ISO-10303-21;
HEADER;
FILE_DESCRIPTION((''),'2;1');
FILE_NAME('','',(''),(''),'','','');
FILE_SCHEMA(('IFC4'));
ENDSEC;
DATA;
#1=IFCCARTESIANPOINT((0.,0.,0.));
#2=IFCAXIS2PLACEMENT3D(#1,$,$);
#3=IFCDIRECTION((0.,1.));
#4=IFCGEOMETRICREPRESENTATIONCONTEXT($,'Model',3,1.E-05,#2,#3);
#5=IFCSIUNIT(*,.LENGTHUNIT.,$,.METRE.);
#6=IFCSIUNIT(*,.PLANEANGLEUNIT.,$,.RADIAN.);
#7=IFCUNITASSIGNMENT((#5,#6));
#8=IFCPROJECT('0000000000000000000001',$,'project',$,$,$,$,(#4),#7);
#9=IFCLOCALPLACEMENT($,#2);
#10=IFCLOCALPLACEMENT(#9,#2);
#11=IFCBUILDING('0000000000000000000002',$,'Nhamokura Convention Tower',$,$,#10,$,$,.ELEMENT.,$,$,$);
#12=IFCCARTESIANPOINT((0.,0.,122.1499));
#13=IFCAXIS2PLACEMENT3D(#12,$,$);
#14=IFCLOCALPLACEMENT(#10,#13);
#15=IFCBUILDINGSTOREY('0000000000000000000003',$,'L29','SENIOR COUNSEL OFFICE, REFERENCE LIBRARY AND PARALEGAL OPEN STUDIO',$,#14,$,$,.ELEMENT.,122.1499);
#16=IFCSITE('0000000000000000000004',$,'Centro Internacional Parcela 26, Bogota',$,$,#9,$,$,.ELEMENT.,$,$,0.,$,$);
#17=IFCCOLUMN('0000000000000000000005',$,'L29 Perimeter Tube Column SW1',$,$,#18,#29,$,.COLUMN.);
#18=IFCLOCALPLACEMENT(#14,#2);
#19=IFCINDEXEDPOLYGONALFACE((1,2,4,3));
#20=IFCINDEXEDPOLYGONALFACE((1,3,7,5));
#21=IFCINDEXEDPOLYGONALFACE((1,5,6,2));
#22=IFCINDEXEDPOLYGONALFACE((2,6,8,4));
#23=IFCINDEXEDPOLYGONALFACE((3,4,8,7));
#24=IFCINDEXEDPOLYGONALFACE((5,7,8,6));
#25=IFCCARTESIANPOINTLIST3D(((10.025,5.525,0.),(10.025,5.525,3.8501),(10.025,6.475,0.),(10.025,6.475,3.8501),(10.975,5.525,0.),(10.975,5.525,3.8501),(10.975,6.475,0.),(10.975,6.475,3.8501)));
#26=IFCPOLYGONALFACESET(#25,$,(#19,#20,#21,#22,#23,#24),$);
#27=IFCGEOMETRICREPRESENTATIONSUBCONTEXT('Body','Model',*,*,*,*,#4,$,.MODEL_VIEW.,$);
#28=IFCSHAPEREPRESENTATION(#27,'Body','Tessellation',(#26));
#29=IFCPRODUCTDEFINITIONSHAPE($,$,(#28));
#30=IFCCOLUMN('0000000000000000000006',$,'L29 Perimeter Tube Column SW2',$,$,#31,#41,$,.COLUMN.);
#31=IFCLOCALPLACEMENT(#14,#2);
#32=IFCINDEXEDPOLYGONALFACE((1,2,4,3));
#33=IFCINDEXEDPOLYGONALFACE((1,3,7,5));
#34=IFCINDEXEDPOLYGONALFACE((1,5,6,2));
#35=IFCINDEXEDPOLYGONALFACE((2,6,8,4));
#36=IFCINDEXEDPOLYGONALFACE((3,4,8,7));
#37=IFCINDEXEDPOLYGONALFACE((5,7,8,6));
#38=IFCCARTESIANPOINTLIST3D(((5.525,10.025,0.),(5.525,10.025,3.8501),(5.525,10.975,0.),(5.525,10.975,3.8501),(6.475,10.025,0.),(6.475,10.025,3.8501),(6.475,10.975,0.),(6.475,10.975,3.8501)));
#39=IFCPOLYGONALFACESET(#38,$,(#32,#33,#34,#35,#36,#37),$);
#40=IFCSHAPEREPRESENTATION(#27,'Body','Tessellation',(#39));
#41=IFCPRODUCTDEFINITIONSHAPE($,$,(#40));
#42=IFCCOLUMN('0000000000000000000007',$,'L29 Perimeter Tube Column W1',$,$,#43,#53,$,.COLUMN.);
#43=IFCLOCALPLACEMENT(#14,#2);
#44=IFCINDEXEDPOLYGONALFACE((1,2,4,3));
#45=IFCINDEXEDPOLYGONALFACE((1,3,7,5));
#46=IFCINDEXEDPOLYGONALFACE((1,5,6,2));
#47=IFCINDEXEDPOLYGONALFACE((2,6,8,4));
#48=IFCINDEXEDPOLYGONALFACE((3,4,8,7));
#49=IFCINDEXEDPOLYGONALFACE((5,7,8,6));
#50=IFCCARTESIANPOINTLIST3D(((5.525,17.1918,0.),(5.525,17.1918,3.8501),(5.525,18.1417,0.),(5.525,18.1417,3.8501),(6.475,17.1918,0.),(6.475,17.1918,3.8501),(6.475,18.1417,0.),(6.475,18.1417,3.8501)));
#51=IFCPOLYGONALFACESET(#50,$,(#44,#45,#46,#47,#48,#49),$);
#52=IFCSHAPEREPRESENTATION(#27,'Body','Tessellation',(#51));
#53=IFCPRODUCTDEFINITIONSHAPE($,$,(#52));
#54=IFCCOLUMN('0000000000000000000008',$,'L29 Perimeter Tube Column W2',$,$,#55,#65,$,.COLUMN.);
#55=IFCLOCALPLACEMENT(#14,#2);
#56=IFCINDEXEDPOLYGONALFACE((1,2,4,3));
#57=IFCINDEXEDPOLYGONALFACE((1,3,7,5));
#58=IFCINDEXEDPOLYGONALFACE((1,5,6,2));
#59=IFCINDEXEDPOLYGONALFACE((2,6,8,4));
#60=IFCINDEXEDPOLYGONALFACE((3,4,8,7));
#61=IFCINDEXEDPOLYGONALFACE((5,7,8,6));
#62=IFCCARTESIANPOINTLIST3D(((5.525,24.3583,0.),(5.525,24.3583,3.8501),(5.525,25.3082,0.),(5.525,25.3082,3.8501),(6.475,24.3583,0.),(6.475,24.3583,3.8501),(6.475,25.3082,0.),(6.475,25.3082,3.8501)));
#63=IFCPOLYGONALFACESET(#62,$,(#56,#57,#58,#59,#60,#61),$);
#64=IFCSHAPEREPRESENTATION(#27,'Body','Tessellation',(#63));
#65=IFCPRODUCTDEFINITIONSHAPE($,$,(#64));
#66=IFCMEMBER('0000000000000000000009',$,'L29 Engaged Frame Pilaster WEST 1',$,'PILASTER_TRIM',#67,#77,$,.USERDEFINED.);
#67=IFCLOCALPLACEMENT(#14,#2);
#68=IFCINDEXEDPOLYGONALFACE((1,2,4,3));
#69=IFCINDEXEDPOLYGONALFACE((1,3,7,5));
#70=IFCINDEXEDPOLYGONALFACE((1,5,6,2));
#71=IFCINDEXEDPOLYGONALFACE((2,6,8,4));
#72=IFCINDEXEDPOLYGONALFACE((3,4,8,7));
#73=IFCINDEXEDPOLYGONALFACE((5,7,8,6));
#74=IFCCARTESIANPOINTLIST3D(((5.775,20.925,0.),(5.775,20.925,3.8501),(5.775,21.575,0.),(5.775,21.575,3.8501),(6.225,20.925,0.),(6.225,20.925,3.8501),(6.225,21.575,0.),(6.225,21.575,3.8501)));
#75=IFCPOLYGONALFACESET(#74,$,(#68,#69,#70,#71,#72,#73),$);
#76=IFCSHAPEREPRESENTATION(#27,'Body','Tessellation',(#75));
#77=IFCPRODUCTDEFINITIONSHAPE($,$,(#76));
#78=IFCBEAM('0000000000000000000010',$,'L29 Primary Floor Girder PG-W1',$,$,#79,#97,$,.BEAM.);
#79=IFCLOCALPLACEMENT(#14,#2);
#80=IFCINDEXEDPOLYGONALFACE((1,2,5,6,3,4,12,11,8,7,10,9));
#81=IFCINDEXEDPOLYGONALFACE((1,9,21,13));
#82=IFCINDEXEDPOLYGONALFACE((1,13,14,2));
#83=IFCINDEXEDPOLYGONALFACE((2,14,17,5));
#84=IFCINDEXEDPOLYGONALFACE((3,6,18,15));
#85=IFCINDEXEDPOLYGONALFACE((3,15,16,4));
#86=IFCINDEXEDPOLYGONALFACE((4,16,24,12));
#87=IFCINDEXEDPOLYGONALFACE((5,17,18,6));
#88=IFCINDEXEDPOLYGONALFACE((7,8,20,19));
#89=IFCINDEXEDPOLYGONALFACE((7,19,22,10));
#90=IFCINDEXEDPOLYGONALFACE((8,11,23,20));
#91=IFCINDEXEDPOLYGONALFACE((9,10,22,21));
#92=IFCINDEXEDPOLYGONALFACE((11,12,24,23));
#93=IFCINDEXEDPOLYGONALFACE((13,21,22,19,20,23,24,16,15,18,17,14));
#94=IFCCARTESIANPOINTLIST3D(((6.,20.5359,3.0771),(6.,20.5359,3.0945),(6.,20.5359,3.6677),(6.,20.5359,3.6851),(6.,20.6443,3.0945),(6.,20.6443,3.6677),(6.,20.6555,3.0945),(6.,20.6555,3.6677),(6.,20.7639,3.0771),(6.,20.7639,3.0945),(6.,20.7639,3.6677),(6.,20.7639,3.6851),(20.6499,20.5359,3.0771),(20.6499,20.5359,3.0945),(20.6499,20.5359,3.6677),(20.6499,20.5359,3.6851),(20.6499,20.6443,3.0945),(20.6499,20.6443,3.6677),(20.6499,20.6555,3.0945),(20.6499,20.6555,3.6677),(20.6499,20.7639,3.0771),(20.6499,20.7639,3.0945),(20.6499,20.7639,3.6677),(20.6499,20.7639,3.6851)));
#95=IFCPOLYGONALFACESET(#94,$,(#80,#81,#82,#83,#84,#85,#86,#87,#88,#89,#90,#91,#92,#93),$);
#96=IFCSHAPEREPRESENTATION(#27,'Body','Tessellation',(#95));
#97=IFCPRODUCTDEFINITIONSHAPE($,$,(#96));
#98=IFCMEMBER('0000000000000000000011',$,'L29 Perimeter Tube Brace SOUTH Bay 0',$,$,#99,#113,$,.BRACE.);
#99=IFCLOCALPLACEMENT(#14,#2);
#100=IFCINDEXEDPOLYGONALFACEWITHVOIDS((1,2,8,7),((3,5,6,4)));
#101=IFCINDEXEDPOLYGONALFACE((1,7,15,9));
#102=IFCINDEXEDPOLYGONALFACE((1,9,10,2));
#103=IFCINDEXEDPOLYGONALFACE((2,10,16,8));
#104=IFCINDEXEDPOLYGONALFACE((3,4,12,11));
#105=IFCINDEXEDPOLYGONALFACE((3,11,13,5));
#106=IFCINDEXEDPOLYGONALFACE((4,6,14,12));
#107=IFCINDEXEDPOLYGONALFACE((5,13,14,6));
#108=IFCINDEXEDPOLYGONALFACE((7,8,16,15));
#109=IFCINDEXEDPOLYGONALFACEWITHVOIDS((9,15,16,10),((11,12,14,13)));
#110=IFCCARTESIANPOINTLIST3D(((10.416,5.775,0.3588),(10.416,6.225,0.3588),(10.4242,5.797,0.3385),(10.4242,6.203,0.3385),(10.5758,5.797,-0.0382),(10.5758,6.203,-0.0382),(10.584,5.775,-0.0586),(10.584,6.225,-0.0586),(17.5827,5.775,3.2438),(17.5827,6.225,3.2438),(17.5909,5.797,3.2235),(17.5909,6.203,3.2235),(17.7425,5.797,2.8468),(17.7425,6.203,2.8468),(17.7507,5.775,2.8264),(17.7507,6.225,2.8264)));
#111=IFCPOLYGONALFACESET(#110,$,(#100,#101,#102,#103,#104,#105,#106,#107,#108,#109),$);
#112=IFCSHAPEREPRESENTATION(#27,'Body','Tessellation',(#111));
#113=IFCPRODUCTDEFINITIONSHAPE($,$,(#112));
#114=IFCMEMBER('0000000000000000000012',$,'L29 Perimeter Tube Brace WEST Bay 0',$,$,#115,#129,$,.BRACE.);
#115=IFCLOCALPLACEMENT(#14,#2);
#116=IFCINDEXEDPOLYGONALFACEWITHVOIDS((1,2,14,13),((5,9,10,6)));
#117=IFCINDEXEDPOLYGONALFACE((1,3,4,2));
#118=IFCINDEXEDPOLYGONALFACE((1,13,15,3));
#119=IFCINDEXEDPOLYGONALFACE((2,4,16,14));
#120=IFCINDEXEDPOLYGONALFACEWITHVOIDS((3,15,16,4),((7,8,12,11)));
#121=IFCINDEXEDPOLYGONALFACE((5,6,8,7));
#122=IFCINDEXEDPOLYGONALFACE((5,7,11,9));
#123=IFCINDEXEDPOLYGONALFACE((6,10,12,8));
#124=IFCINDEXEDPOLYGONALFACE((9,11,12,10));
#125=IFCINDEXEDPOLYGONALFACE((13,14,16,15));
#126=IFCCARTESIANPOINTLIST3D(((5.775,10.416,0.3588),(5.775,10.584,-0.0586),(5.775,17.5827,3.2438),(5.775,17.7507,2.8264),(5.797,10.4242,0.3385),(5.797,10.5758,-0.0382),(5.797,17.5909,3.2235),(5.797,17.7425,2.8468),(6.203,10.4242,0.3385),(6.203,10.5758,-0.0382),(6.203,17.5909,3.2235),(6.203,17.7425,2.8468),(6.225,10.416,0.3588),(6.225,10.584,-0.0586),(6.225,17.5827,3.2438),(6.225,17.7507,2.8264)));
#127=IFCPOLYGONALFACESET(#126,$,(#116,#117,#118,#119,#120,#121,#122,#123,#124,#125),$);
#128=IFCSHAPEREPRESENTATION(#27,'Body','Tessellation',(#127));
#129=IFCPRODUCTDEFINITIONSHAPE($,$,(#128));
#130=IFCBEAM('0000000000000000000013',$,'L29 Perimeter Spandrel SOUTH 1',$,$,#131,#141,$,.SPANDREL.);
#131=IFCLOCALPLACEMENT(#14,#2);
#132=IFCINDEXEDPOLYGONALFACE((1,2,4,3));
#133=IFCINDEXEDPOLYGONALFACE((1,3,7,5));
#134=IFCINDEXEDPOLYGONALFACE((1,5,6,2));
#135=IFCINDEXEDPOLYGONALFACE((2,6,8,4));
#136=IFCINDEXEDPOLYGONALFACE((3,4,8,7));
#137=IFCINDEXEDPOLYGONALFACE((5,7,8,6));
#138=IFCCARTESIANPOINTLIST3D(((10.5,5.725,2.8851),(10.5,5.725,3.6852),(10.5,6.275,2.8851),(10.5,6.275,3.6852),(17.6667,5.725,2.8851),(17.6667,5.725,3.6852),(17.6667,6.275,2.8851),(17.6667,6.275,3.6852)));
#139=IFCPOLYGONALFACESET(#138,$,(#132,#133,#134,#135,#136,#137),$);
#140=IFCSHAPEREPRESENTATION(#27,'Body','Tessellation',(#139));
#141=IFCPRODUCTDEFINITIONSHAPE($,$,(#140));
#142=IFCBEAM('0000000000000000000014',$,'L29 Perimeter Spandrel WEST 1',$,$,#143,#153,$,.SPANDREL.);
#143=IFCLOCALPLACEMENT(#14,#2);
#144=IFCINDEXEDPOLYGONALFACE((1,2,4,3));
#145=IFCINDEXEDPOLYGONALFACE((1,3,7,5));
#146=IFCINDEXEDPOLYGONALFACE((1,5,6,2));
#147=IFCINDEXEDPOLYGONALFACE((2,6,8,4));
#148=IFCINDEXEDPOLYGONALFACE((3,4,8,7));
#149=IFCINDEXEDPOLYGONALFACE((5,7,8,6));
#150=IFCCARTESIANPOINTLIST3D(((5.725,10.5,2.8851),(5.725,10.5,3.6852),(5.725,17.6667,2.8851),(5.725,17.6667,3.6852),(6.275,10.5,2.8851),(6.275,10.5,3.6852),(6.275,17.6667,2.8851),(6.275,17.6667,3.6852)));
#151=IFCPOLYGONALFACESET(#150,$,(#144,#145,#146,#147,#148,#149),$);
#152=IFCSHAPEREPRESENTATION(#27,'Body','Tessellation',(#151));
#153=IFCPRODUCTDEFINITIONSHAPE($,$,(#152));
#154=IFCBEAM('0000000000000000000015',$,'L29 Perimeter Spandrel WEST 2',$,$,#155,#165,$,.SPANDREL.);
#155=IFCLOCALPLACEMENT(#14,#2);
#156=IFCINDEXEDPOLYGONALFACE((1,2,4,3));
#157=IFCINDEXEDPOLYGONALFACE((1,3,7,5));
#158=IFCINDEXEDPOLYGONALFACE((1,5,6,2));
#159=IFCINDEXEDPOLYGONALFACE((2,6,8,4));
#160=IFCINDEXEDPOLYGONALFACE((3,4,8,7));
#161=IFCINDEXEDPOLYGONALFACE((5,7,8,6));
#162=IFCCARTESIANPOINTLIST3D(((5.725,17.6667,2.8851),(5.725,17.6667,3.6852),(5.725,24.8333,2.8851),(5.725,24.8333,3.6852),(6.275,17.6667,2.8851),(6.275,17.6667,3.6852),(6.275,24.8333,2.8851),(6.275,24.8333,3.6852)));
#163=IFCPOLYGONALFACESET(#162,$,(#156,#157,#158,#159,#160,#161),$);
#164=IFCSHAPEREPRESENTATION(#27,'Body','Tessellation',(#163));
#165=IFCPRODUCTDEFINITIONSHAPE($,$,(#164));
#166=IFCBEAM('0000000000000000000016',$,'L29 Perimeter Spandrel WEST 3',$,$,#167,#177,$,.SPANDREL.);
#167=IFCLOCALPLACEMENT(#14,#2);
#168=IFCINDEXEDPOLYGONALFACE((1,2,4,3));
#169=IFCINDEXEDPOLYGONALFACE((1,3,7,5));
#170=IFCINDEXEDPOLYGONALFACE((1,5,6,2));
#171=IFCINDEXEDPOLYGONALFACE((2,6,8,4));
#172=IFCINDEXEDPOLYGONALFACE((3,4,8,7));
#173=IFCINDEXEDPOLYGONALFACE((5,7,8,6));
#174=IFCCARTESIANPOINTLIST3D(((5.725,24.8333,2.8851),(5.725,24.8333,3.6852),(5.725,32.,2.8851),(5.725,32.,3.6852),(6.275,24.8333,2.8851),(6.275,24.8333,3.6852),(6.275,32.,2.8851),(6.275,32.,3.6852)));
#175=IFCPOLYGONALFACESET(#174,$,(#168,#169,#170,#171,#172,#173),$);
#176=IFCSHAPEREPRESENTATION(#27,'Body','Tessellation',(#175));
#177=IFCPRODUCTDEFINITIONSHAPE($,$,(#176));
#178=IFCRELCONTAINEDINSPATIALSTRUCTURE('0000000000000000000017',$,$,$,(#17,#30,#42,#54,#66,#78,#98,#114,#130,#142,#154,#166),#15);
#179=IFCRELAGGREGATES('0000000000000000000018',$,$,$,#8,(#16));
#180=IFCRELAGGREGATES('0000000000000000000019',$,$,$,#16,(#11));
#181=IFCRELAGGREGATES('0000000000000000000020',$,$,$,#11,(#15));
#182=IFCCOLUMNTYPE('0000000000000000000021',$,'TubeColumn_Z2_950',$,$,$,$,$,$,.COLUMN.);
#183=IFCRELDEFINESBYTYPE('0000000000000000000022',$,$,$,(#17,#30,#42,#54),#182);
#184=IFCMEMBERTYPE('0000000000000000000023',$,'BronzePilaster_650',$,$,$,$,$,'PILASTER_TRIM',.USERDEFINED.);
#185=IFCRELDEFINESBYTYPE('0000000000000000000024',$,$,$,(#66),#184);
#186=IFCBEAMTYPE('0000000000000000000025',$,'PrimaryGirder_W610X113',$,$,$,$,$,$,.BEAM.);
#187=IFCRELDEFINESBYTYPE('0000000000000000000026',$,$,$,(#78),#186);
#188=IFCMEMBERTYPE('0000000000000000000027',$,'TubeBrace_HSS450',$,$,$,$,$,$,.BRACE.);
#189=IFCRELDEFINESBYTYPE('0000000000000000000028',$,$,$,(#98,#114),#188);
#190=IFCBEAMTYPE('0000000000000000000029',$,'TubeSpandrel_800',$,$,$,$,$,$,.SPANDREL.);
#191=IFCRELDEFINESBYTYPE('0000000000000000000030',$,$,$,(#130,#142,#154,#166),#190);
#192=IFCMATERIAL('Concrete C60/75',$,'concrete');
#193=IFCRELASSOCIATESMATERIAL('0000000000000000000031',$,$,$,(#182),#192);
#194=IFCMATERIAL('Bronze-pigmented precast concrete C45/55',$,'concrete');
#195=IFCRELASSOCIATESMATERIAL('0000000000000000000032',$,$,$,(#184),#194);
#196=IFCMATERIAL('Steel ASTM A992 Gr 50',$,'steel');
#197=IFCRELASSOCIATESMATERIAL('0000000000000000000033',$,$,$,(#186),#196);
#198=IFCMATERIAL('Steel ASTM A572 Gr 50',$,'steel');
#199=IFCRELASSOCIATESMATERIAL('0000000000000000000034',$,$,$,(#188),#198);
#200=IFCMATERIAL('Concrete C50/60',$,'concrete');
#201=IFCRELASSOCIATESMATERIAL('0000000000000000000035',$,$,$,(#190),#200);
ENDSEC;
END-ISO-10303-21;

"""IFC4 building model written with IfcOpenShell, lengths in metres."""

from ifc_helpers import new_model, si_unit, direction, frame, origin, origin_2d, place, context, subcontext, project, spatial, rectangle, hollow_rectangle, i_section, extrude, material, material_profile, profile_set, type_object, element, save


model = new_model("IFC4")

# Units and contexts
model_context = context("Model", 3, precision=1e-05, world=origin(), true_north=direction((0.0, 1.0)))
body_context = subcontext(model_context, "Body", "Model", "MODEL_VIEW")
ifc_project = project(units=[si_unit("LENGTHUNIT", "METRE"), si_unit("PLANEANGLEUNIT", "RADIAN")], contexts=[model_context])

# Site, building, storey
site_placement = place(None, origin())
site = spatial("IfcSite", under=ifc_project, at=site_placement, Name="Centro Internacional Parcela 26, Bogota", CompositionType="ELEMENT", RefElevation=0.0)
building_placement = place(site_placement, origin())
building = spatial("IfcBuilding", under=site, at=building_placement, Name="Nhamokura Convention Tower", CompositionType="ELEMENT")
storey_placement = place(building_placement, frame((0.0, 0.0, 122.1499)))
storey = spatial("IfcBuildingStorey", under=building, at=storey_placement, Name="L29", Description="SENIOR COUNSEL OFFICE, REFERENCE LIBRARY AND PARALEGAL OPEN STUDIO", CompositionType="ELEMENT", Elevation=122.1499)

# Columns
ifc_material_1 = material(Name="Concrete C60/75", Category="concrete")
ifc_material_profile_1 = material_profile(ifc_material_1, rectangle(XDim=0.95, YDim=0.95, at=origin_2d()))
ifc_profile_set_1 = profile_set([ifc_material_profile_1], Name="Concrete C60/75")
column_type = type_object("IfcColumnType", Name="TubeColumn_Z2_950", PredefinedType="COLUMN", material=ifc_profile_set_1)
for number, where, z_axis, x_axis, name in (
    (1, (10.5, 6.0, 0.0), (0.0, 0.0, 1.0), (1.0, 0.0, 0.0), "L29 Perimeter Tube Column SW1"),
    (2, (6.0, 10.5, 0.0), (0.0, 0.0, 1.0), (1.0, 0.0, 0.0), "L29 Perimeter Tube Column SW2"),
    (3, (6.0, 17.6667, 0.0), (0.0, 0.0, 1.0), (1.0, 0.0, 0.0), "L29 Perimeter Tube Column W1"),
    (4, (6.0, 24.8333, 0.0), (0.0, 0.0, 1.0), (1.0, 0.0, 0.0), "L29 Perimeter Tube Column W2"),
):
    element("IfcColumn", number, at=place(storey_placement, frame(where, z_axis=z_axis, x_axis=x_axis)), inside=storey, type_object=column_type, Name=name, PredefinedType="COLUMN", context=body_context, shape_type="SweptSolid", body=[
        extrude(rectangle(XDim=0.95, YDim=0.95, at=origin_2d()), origin(), (0.0, 0.0, 1.0), 3.8501),
    ])

# Member
ifc_material_2 = material(Name="Bronze-pigmented precast concrete C45/55", Category="concrete")
ifc_material_profile_2 = material_profile(ifc_material_2, rectangle(XDim=0.45, YDim=0.6499, at=origin_2d()))
ifc_profile_set_2 = profile_set([ifc_material_profile_2], Name="Bronze-pigmented precast concrete C45/55")
member_type_1 = type_object("IfcMemberType", Name="BronzePilaster_650", ElementType="PILASTER_TRIM", PredefinedType="USERDEFINED", material=ifc_profile_set_2)
member_placement = place(storey_placement, frame((6.0, 21.25, 0.0), z_axis=(0.0, 0.0, 1.0), x_axis=(1.0, 0.0, 0.0)))
element("IfcMember", 5, at=member_placement, inside=storey, type_object=member_type_1, Name="L29 Engaged Frame Pilaster WEST 1", ObjectType="PILASTER_TRIM", PredefinedType="USERDEFINED", context=body_context, shape_type="SweptSolid", body=[
    extrude(rectangle(XDim=0.45, YDim=0.6499, at=origin_2d()), origin(), (0.0, 0.0, 1.0), 3.8501),
])

# Beam
ifc_material_3 = material(Name="Steel ASTM A992 Gr 50", Category="steel")
ifc_material_profile_3 = material_profile(ifc_material_3, i_section(OverallWidth=0.228, OverallDepth=0.6079, WebThickness=0.0112, FlangeThickness=0.0173, at=origin_2d()))
ifc_profile_set_3 = profile_set([ifc_material_profile_3], Name="Steel ASTM A992 Gr 50")
beam_type_1 = type_object("IfcBeamType", Name="PrimaryGirder_W610X113", PredefinedType="BEAM", material=ifc_profile_set_3)
beam_1_placement = place(storey_placement, frame((6.0, 20.6499, 3.3811), z_axis=(1.0, 0.0, 0.0), x_axis=(0.0, 1.0, 0.0)))
element("IfcBeam", 6, at=beam_1_placement, inside=storey, type_object=beam_type_1, Name="L29 Primary Floor Girder PG-W1", PredefinedType="BEAM", context=body_context, shape_type="SweptSolid", body=[
    extrude(i_section(OverallWidth=0.228, OverallDepth=0.6079, WebThickness=0.0112, FlangeThickness=0.0173, at=origin_2d()), origin(), (0.0, 0.0, 1.0), 14.6499),
])

# Members
ifc_material_4 = material(Name="Steel ASTM A572 Gr 50", Category="steel")
ifc_material_profile_4 = material_profile(ifc_material_4, hollow_rectangle(XDim=0.45, YDim=0.45, WallThickness=0.022, at=origin_2d()))
ifc_profile_set_4 = profile_set([ifc_material_profile_4], Name="Steel ASTM A572 Gr 50")
member_type_2 = type_object("IfcMemberType", Name="TubeBrace_HSS450", PredefinedType="BRACE", material=ifc_profile_set_4)
for number, where, z_axis, x_axis, name in (
    (7, (10.5, 6.0, 0.1501), (0.927657, 0.0, 0.373433), (0.0, 1.0, 0.0), "L29 Perimeter Tube Brace SOUTH Bay 0"),
    (8, (6.0, 10.5, 0.1501), (0.0, 0.927657, 0.373433), (-1.0, 0.0, 0.0), "L29 Perimeter Tube Brace WEST Bay 0"),
):
    element("IfcMember", number, at=place(storey_placement, frame(where, z_axis=z_axis, x_axis=x_axis)), inside=storey, type_object=member_type_2, Name=name, PredefinedType="BRACE", context=body_context, shape_type="SweptSolid", body=[
        extrude(hollow_rectangle(XDim=0.45, YDim=0.45, WallThickness=0.022, at=origin_2d()), origin(), (0.0, 0.0, 1.0), 7.7256),
    ])

# Beams
ifc_material_5 = material(Name="Concrete C50/60", Category="concrete")
ifc_material_profile_5 = material_profile(ifc_material_5, rectangle(XDim=0.55, YDim=0.8, at=origin_2d()))
ifc_profile_set_5 = profile_set([ifc_material_profile_5], Name="Concrete C50/60")
beam_type_2 = type_object("IfcBeamType", Name="TubeSpandrel_800", PredefinedType="SPANDREL", material=ifc_profile_set_5)
for number, where, z_axis, x_axis, name in (
    (9, (10.5, 6.0, 3.2852), (1.0, 0.0, 0.0), (0.0, 1.0, 0.0), "L29 Perimeter Spandrel SOUTH 1"),
    (10, (6.0, 10.5, 3.2852), (0.0, 1.0, 0.0), (-1.0, 0.0, 0.0), "L29 Perimeter Spandrel WEST 1"),
):
    element("IfcBeam", number, at=place(storey_placement, frame(where, z_axis=z_axis, x_axis=x_axis)), inside=storey, type_object=beam_type_2, Name=name, PredefinedType="SPANDREL", context=body_context, shape_type="SweptSolid", body=[
        extrude(rectangle(XDim=0.55, YDim=0.8, at=origin_2d()), origin(), (0.0, 0.0, 1.0), 7.1667),
    ])
beam_2_placement = place(storey_placement, frame((6.0, 17.6667, 3.2852), z_axis=(0.0, 1.0, 0.0), x_axis=(-1.0, 0.0, 0.0)))
element("IfcBeam", 11, at=beam_2_placement, inside=storey, type_object=beam_type_2, Name="L29 Perimeter Spandrel WEST 2", PredefinedType="SPANDREL", context=body_context, shape_type="SweptSolid", body=[
    extrude(rectangle(XDim=0.55, YDim=0.8, at=origin_2d()), origin(), (0.0, 0.0, 1.0), 7.1665),
])
beam_3_placement = place(storey_placement, frame((6.0, 24.8333, 3.2852), z_axis=(0.0, 1.0, 0.0), x_axis=(-1.0, 0.0, 0.0)))
element("IfcBeam", 12, at=beam_3_placement, inside=storey, type_object=beam_type_2, Name="L29 Perimeter Spandrel WEST 3", PredefinedType="SPANDREL", context=body_context, shape_type="SweptSolid", body=[
    extrude(rectangle(XDim=0.55, YDim=0.8, at=origin_2d()), origin(), (0.0, 0.0, 1.0), 7.1667),
])

save(model, "model.ifc")
